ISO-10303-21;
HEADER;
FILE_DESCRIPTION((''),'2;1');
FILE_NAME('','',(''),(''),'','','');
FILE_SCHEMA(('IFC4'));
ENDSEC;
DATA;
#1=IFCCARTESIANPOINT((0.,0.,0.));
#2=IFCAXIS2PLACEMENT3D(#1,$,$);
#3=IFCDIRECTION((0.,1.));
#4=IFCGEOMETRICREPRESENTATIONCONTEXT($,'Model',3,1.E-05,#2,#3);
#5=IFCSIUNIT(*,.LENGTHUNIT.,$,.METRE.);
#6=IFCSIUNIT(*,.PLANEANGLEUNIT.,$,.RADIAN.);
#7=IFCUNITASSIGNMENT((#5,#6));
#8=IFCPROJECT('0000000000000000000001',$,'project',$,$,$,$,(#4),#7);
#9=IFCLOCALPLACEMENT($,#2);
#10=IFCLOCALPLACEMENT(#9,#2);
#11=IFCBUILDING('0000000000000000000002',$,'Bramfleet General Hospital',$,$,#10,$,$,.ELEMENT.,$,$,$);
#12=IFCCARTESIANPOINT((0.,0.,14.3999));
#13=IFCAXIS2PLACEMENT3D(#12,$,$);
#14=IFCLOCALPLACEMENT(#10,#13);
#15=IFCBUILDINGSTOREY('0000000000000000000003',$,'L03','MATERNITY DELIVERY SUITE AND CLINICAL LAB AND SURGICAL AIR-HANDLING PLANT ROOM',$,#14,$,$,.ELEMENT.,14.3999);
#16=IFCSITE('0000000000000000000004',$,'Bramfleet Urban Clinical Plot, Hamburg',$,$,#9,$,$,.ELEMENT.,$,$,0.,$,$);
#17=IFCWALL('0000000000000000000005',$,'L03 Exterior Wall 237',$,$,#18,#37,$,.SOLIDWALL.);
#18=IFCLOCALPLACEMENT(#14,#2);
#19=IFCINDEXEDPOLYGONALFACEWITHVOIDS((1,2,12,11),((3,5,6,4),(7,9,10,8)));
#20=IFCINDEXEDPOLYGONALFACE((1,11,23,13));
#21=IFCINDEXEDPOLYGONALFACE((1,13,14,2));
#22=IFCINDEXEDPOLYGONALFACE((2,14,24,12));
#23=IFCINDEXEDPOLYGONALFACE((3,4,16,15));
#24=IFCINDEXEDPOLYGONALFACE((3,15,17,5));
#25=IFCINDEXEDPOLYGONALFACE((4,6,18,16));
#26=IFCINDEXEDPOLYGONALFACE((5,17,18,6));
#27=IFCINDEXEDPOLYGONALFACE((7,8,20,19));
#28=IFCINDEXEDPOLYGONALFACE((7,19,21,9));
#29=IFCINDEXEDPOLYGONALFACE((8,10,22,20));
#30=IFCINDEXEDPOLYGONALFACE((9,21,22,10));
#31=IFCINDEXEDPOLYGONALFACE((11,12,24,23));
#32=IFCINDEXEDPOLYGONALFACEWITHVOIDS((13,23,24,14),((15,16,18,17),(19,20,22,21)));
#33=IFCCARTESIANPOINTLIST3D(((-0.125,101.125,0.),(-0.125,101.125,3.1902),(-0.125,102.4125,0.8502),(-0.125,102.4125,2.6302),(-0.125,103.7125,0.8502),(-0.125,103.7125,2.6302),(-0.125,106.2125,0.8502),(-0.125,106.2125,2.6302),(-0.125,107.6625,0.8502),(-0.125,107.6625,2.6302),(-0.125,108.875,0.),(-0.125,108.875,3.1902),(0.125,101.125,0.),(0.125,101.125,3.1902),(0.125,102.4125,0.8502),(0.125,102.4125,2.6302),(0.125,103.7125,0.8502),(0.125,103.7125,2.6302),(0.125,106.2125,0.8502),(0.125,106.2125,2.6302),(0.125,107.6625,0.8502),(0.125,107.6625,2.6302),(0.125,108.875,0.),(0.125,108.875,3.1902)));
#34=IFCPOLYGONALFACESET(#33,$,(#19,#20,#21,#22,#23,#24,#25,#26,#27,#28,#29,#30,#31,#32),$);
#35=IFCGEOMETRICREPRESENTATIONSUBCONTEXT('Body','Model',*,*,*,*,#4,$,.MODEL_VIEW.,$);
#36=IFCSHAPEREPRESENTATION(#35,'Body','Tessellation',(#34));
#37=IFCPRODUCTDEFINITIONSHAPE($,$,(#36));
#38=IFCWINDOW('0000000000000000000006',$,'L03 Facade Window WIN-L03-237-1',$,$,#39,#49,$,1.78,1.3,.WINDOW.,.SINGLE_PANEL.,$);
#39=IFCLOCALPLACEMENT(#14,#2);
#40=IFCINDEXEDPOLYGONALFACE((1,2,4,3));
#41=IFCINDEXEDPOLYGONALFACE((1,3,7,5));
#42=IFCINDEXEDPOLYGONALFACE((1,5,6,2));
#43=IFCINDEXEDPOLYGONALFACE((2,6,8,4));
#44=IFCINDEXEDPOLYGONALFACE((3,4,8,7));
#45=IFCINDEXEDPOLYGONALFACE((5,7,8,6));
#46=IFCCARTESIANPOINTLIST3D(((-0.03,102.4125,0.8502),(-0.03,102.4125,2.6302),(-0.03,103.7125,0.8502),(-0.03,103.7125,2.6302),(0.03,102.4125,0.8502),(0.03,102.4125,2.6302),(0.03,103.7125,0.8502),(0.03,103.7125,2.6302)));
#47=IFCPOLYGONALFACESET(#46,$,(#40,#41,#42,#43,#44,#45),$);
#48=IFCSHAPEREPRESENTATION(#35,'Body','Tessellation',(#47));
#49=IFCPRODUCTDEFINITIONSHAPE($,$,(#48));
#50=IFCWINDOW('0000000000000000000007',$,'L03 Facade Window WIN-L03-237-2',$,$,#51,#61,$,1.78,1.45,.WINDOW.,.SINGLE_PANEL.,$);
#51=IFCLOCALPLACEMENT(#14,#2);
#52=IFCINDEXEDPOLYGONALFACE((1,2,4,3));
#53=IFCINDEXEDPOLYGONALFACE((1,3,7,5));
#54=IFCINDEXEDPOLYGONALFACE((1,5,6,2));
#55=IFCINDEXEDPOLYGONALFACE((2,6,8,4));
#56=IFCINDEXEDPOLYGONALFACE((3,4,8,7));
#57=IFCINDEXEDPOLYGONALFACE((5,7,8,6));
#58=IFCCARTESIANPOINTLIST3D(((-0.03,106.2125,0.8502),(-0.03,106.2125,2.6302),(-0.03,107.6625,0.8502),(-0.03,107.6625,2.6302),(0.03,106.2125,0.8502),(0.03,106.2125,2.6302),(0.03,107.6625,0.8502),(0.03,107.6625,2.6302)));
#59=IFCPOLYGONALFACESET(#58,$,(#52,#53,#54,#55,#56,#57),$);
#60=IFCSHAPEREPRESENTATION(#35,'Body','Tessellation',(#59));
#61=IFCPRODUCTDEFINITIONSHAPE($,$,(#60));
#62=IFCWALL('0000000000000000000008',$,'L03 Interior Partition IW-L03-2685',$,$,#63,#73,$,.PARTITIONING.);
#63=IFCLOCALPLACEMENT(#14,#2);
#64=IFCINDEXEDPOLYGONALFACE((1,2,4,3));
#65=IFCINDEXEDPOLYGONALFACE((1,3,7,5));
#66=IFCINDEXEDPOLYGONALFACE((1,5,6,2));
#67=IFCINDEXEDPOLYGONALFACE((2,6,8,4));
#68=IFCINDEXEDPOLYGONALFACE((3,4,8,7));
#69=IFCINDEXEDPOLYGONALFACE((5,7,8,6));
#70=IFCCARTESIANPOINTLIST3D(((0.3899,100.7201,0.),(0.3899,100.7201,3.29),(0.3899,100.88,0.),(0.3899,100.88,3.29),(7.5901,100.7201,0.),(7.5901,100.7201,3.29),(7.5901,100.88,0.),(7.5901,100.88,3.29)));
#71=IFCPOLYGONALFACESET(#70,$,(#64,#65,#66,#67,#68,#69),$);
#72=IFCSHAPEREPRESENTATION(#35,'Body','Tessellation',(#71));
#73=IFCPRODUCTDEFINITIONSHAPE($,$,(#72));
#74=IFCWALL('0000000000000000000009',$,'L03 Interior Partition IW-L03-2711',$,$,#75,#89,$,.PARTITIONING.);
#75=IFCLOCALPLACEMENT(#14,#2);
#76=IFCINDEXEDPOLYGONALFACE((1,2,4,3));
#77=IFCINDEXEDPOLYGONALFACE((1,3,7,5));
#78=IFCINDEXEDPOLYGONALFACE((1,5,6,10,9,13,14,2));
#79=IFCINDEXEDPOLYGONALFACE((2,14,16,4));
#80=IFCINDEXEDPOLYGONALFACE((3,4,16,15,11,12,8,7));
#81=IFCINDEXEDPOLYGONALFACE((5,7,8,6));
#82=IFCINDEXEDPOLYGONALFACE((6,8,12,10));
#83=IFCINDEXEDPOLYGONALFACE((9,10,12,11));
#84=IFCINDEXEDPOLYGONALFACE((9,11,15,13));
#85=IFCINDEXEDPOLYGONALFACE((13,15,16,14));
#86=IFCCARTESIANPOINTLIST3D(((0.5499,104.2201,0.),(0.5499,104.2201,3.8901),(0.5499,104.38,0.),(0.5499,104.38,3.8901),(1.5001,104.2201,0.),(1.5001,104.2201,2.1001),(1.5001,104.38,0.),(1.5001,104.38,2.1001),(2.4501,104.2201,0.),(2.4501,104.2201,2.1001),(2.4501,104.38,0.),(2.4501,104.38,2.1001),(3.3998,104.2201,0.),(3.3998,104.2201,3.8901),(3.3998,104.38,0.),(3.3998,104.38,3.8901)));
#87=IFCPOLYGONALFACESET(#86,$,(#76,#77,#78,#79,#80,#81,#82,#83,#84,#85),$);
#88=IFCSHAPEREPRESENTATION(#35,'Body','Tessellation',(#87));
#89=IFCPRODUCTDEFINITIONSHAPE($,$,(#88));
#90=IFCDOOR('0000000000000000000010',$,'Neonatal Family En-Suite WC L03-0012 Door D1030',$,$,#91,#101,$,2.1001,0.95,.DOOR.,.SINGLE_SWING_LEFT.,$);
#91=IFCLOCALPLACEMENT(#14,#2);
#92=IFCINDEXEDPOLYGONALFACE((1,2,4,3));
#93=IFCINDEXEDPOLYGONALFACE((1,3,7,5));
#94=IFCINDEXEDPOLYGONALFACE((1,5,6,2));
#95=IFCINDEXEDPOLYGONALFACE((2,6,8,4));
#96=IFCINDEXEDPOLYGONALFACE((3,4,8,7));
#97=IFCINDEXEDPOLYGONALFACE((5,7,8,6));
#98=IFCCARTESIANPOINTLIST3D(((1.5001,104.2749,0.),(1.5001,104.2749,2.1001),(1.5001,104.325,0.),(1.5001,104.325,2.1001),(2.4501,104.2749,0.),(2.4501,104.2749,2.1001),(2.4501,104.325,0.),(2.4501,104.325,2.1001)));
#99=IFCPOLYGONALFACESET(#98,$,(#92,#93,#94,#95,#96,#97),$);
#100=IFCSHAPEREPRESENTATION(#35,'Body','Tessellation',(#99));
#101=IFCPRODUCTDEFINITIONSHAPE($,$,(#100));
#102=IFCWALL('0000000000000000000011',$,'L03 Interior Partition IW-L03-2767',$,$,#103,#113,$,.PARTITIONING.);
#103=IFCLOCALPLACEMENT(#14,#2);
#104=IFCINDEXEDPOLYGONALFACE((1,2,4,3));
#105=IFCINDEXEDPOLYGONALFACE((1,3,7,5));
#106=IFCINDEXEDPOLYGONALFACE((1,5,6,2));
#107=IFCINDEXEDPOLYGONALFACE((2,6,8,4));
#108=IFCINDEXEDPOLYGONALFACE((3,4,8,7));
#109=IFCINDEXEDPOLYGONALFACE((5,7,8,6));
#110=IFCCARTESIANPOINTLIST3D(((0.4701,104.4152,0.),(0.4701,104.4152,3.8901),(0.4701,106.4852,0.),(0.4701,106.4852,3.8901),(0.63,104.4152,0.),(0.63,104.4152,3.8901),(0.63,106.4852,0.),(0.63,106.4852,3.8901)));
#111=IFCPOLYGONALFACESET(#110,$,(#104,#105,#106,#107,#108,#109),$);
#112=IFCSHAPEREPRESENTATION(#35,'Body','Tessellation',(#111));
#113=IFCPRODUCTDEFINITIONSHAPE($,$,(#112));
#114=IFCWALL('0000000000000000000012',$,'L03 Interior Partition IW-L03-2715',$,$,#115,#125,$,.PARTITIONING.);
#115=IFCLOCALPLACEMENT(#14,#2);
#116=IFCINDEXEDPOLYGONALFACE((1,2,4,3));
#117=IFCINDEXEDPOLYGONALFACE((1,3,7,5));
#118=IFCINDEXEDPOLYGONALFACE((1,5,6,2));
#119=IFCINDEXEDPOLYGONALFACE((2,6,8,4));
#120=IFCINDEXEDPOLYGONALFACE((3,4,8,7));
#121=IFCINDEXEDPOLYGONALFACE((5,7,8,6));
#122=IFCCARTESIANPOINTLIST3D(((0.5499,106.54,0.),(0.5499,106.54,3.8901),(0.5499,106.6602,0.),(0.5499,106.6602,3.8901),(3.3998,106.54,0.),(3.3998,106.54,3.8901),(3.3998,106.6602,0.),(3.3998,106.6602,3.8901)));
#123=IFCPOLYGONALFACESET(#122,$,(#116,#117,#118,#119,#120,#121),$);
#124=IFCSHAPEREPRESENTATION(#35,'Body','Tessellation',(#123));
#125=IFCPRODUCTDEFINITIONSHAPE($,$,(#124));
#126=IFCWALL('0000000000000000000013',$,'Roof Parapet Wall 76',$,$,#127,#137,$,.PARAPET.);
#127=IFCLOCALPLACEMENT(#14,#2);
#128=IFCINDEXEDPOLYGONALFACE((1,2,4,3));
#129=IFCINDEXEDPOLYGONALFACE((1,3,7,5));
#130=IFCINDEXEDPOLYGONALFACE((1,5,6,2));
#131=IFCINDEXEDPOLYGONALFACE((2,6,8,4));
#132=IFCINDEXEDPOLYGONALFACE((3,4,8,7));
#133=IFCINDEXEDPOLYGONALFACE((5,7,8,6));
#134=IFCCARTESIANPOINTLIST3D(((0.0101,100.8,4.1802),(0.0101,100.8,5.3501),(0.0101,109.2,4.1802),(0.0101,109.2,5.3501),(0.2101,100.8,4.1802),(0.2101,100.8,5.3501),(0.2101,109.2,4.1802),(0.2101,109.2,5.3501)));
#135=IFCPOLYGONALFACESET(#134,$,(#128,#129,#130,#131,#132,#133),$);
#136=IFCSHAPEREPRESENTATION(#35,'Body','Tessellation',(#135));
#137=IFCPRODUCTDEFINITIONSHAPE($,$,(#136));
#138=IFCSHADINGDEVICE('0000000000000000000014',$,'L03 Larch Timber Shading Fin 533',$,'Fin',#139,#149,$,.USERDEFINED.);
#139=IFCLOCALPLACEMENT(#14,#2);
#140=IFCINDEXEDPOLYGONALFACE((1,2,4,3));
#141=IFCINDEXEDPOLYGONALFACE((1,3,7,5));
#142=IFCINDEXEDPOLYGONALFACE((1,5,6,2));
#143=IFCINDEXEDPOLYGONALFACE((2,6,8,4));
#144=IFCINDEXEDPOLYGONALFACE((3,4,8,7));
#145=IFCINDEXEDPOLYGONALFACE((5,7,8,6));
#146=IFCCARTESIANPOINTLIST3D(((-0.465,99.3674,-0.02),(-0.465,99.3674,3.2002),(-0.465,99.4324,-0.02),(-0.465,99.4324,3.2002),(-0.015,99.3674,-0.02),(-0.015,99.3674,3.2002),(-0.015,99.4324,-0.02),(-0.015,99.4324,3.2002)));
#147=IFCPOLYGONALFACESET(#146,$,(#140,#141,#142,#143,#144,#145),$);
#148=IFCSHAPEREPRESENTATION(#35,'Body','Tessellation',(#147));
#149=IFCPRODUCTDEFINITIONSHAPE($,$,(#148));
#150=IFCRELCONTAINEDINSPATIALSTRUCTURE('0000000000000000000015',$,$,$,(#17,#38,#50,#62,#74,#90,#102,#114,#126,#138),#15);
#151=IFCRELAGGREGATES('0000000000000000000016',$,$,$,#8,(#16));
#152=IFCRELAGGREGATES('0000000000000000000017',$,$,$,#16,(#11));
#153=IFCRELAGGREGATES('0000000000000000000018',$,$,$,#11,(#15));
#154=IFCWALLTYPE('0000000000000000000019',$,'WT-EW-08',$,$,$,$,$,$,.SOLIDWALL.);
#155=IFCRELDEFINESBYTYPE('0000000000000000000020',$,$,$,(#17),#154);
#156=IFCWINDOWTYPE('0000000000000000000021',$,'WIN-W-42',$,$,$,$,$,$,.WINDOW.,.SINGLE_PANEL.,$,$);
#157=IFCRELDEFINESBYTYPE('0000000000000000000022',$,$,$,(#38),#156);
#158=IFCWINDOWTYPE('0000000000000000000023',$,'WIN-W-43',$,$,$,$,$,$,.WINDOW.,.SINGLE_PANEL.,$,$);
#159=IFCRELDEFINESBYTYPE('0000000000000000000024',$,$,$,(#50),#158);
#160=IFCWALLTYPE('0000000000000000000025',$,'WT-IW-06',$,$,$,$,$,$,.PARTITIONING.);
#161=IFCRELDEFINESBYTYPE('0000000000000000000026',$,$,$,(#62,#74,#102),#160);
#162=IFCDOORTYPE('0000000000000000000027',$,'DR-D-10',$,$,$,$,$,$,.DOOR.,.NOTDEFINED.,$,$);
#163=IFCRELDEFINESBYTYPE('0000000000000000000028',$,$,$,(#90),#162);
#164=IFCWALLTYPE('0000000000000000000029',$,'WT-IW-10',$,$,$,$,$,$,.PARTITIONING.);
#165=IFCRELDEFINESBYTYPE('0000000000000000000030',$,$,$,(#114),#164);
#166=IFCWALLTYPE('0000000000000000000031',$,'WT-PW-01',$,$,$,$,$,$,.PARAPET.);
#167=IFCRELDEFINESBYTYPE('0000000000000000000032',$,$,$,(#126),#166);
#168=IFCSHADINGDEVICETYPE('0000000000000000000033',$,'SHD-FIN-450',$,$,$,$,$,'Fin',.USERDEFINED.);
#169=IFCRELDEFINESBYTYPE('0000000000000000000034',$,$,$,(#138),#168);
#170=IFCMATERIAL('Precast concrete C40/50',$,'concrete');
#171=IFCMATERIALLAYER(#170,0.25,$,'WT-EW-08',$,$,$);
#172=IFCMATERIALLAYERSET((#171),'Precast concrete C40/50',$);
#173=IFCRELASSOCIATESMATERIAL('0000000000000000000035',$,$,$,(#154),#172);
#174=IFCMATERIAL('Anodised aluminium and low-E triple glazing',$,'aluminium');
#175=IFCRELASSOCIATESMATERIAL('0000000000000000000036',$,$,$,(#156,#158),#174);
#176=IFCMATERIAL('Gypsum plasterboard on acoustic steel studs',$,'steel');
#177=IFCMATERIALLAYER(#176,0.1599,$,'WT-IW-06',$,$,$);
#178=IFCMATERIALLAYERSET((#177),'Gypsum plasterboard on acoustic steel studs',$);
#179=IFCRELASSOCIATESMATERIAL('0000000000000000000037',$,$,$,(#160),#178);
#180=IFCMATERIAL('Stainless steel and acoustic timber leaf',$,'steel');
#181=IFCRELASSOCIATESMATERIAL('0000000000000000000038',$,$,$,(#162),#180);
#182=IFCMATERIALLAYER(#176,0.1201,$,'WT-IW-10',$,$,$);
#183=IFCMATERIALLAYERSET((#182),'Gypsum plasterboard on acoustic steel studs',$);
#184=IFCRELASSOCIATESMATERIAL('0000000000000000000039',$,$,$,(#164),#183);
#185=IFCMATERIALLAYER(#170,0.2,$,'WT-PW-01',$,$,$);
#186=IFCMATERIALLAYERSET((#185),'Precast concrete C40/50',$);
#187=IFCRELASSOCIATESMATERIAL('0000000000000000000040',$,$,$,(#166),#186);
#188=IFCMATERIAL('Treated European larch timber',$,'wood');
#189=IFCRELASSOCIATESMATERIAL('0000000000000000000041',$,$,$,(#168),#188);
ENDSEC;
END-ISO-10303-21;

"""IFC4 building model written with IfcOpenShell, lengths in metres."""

from ifc_helpers import new_model, si_unit, direction, frame, frame_2d, origin, origin_2d, place, context, subcontext, project, spatial, rectangle, extrude, material, layer, layer_set, material_profile, profile_set, type_object, element, fill, save


model = new_model("IFC4")

# Units and contexts
model_context = context("Model", 3, precision=1e-05, world=origin(), true_north=direction((0.0, 1.0)))
body_context = subcontext(model_context, "Body", "Model", "MODEL_VIEW")
ifc_project = project(units=[si_unit("LENGTHUNIT", "METRE"), si_unit("PLANEANGLEUNIT", "RADIAN")], contexts=[model_context])

# Site, building, storey
site_placement = place(None, origin())
site = spatial("IfcSite", under=ifc_project, at=site_placement, Name="Bramfleet Urban Clinical Plot, Hamburg", CompositionType="ELEMENT", RefElevation=0.0)
building_placement = place(site_placement, origin())
building = spatial("IfcBuilding", under=site, at=building_placement, Name="Bramfleet General Hospital", CompositionType="ELEMENT")
storey_placement = place(building_placement, frame((0.0, 0.0, 14.3999)))
storey = spatial("IfcBuildingStorey", under=building, at=storey_placement, Name="L03", Description="MATERNITY DELIVERY SUITE AND CLINICAL LAB AND SURGICAL AIR-HANDLING PLANT ROOM", CompositionType="ELEMENT", Elevation=14.3999)

# Shared definitions
ifc_material_1 = material(Name="Anodised aluminium and low-E triple glazing", Category="aluminium")

# Wall, openings, windows
ifc_material_2 = material(Name="Precast concrete C40/50", Category="concrete")
ifc_layer_1 = layer(ifc_material_2, 0.25, Name="WT-EW-08")
ifc_layer_set_1 = layer_set([ifc_layer_1], Name="Precast concrete C40/50")
wall_type_1 = type_object("IfcWallType", Name="WT-EW-08", PredefinedType="SOLIDWALL", material=ifc_layer_set_1)
wall_1_placement = place(storey_placement, frame((0.0, 101.125, 0.0), z_axis=(0.0, 0.0, 1.0), x_axis=(0.0, 1.0, 0.0)))
wall_1 = element("IfcWall", 1, at=wall_1_placement, inside=storey, type_object=wall_type_1, Name="L03 Exterior Wall 237", PredefinedType="SOLIDWALL", context=body_context, shape_type="SweptSolid", body=[
    extrude(rectangle(XDim=7.75, YDim=0.25, at=frame_2d((3.875, 0.0))), origin(), (0.0, 0.0, 1.0), 3.1902),
])
opening_1_placement = place(wall_1_placement, frame((1.2876, 0.0, 0.8501)))
opening_1 = element("IfcOpeningElement", 2, at=opening_1_placement, cuts=wall_1, PredefinedType="OPENING", context=body_context, shape_type="SweptSolid", body=[
    extrude(rectangle(XDim=1.3, YDim=1.78, at=frame_2d((0.6499, 0.8901))), frame((0.0, 0.135, 0.0), z_axis=(0.0, -1.0, 0.0), x_axis=(1.0, 0.0, 0.0)), (0.0, 0.0, 1.0), 0.27),
])
opening_2_placement = place(wall_1_placement, frame((5.0874, 0.0, 0.8501)))
opening_2 = element("IfcOpeningElement", 3, at=opening_2_placement, cuts=wall_1, PredefinedType="OPENING", context=body_context, shape_type="SweptSolid", body=[
    extrude(rectangle(XDim=1.45, YDim=1.78, at=frame_2d((0.7251, 0.8901))), frame((0.0, 0.135, 0.0), z_axis=(0.0, -1.0, 0.0), x_axis=(1.0, 0.0, 0.0)), (0.0, 0.0, 1.0), 0.27),
])
window_type_1 = type_object("IfcWindowType", Name="WIN-W-42", PartitioningType="SINGLE_PANEL", PredefinedType="WINDOW", material=ifc_material_1)
window_1_placement = place(opening_1_placement, origin())
window_1 = element("IfcWindow", 4, at=window_1_placement, inside=storey, type_object=window_type_1, Name="L03 Facade Window WIN-L03-237-1", OverallHeight=1.78, OverallWidth=1.3, PartitioningType="SINGLE_PANEL", PredefinedType="WINDOW", context=body_context, shape_type="SweptSolid", body=[
    extrude(rectangle(XDim=1.3, YDim=1.78, at=frame_2d((0.6499, 0.8901))), frame((0.0, 0.03, 0.0), z_axis=(0.0, -1.0, 0.0), x_axis=(1.0, 0.0, 0.0)), (0.0, 0.0, 1.0), 0.0601),
])
fill(opening_1, window_1)
window_type_2 = type_object("IfcWindowType", Name="WIN-W-43", PartitioningType="SINGLE_PANEL", PredefinedType="WINDOW", material=ifc_material_1)
window_2_placement = place(opening_2_placement, origin())
window_2 = element("IfcWindow", 5, at=window_2_placement, inside=storey, type_object=window_type_2, Name="L03 Facade Window WIN-L03-237-2", OverallHeight=1.78, OverallWidth=1.45, PartitioningType="SINGLE_PANEL", PredefinedType="WINDOW", context=body_context, shape_type="SweptSolid", body=[
    extrude(rectangle(XDim=1.45, YDim=1.78, at=frame_2d((0.7251, 0.8901))), frame((0.0, 0.03, 0.0), z_axis=(0.0, -1.0, 0.0), x_axis=(1.0, 0.0, 0.0)), (0.0, 0.0, 1.0), 0.0601),
])
fill(opening_2, window_2)

# Wall
ifc_material_3 = material(Name="Gypsum plasterboard on acoustic steel studs", Category="steel")
ifc_layer_2 = layer(ifc_material_3, 0.1599, Name="WT-IW-06")
ifc_layer_set_2 = layer_set([ifc_layer_2], Name="Gypsum plasterboard on acoustic steel studs")
wall_type_2 = type_object("IfcWallType", Name="WT-IW-06", PredefinedType="PARTITIONING", material=ifc_layer_set_2)
wall_2_placement = place(storey_placement, frame((0.3899, 100.8, 0.0), z_axis=(0.0, 0.0, 1.0), x_axis=(1.0, 0.0, 0.0)))
element("IfcWall", 6, at=wall_2_placement, inside=storey, type_object=wall_type_2, Name="L03 Interior Partition IW-L03-2685", PredefinedType="PARTITIONING", context=body_context, shape_type="SweptSolid", body=[
    extrude(rectangle(XDim=7.2002, YDim=0.1599, at=frame_2d((3.6001, 0.0))), origin(), (0.0, 0.0, 1.0), 3.29),
])

# Wall, opening, door
wall_3_placement = place(storey_placement, frame((0.55, 104.3, 0.0), z_axis=(0.0, 0.0, 1.0), x_axis=(1.0, 0.0, 0.0)))
wall_3 = element("IfcWall", 7, at=wall_3_placement, inside=storey, type_object=wall_type_2, Name="L03 Interior Partition IW-L03-2711", PredefinedType="PARTITIONING", context=body_context, shape_type="SweptSolid", body=[
    extrude(rectangle(XDim=2.8499, YDim=0.1599, at=frame_2d((1.4248, 0.0))), origin(), (0.0, 0.0, 1.0), 3.8901),
])
opening_3_placement = place(wall_3_placement, frame((0.95, 0.0, 0.0)))
opening_3 = element("IfcOpeningElement", 8, at=opening_3_placement, cuts=wall_3, PredefinedType="OPENING", context=body_context, shape_type="SweptSolid", body=[
    extrude(rectangle(XDim=0.95, YDim=2.1001, at=frame_2d((0.4751, 1.05))), frame((0.0, 0.0898, 0.0), z_axis=(0.0, -1.0, 0.0), x_axis=(1.0, 0.0, 0.0)), (0.0, 0.0, 1.0), 0.1799),
])
ifc_material_4 = material(Name="Stainless steel and acoustic timber leaf", Category="steel")
door_type = type_object("IfcDoorType", Name="DR-D-10", OperationType="NOTDEFINED", PredefinedType="DOOR", material=ifc_material_4)
door_placement = place(opening_3_placement, origin())
door = element("IfcDoor", 9, at=door_placement, inside=storey, type_object=door_type, Name="Neonatal Family En-Suite WC L03-0012 Door D1030", OperationType="SINGLE_SWING_LEFT", OverallHeight=2.1001, OverallWidth=0.95, PredefinedType="DOOR", context=body_context, shape_type="SweptSolid", body=[
    extrude(rectangle(XDim=0.95, YDim=2.1001, at=frame_2d((0.4751, 1.05))), frame((0.0, 0.0249, 0.0), z_axis=(0.0, -1.0, 0.0), x_axis=(1.0, 0.0, 0.0)), (0.0, 0.0, 1.0), 0.05),
])
fill(opening_3, door)

# Walls
wall_4_placement = place(storey_placement, frame((0.55, 104.415, 0.0), z_axis=(0.0, 0.0, 1.0), x_axis=(0.0, 1.0, 0.0)))
element("IfcWall", 10, at=wall_4_placement, inside=storey, type_object=wall_type_2, Name="L03 Interior Partition IW-L03-2767", PredefinedType="PARTITIONING", context=body_context, shape_type="SweptSolid", body=[
    extrude(rectangle(XDim=2.0701, YDim=0.1599, at=frame_2d((1.0352, 0.0))), origin(), (0.0, 0.0, 1.0), 3.8901),
])
ifc_layer_3 = layer(ifc_material_3, 0.1201, Name="WT-IW-10")
ifc_layer_set_3 = layer_set([ifc_layer_3], Name="Gypsum plasterboard on acoustic steel studs")
wall_type_3 = type_object("IfcWallType", Name="WT-IW-10", PredefinedType="PARTITIONING", material=ifc_layer_set_3)
wall_5_placement = place(storey_placement, frame((0.55, 106.6001, 0.0), z_axis=(0.0, 0.0, 1.0), x_axis=(1.0, 0.0, 0.0)))
element("IfcWall", 11, at=wall_5_placement, inside=storey, type_object=wall_type_3, Name="L03 Interior Partition IW-L03-2715", PredefinedType="PARTITIONING", context=body_context, shape_type="SweptSolid", body=[
    extrude(rectangle(XDim=2.8499, YDim=0.1201, at=frame_2d((1.4248, 0.0))), origin(), (0.0, 0.0, 1.0), 3.8901),
])
ifc_layer_4 = layer(ifc_material_2, 0.2, Name="WT-PW-01")
ifc_layer_set_4 = layer_set([ifc_layer_4], Name="Precast concrete C40/50")
wall_type_4 = type_object("IfcWallType", Name="WT-PW-01", PredefinedType="PARAPET", material=ifc_layer_set_4)
wall_6_placement = place(storey_placement, frame((0.1101, 100.8, 4.1802), z_axis=(0.0, 0.0, 1.0), x_axis=(0.0, 1.0, 0.0)))
element("IfcWall", 12, at=wall_6_placement, inside=storey, type_object=wall_type_4, Name="Roof Parapet Wall 76", PredefinedType="PARAPET", context=body_context, shape_type="SweptSolid", body=[
    extrude(rectangle(XDim=8.3999, YDim=0.2, at=frame_2d((4.2, 0.0))), origin(), (0.0, 0.0, 1.0), 1.1699),
])

# Shading device
ifc_material_5 = material(Name="Treated European larch timber", Category="wood")
ifc_material_profile_1 = material_profile(ifc_material_5, rectangle(XDim=0.0649, YDim=0.45, at=origin_2d()), Name="LARCH FIN 450x65")
ifc_profile_set_1 = profile_set([ifc_material_profile_1], Name="Treated European larch timber")
shading_device_type = type_object("IfcShadingDeviceType", Name="SHD-FIN-450", ElementType="Fin", PredefinedType="USERDEFINED", material=ifc_profile_set_1)
shading_device_placement = place(storey_placement, frame((-0.24, 99.3999, -0.02), z_axis=(0.0, 0.0, 1.0), x_axis=(0.0, 1.0, 0.0)))
element("IfcShadingDevice", 13, at=shading_device_placement, inside=storey, type_object=shading_device_type, Name="L03 Larch Timber Shading Fin 533", ObjectType="Fin", PredefinedType="USERDEFINED", context=body_context, shape_type="SweptSolid", body=[
    extrude(rectangle(XDim=0.0649, YDim=0.45, at=origin_2d()), origin(), (0.0, 0.0, 1.0), 3.2202),
])

save(model, "model.ifc")
